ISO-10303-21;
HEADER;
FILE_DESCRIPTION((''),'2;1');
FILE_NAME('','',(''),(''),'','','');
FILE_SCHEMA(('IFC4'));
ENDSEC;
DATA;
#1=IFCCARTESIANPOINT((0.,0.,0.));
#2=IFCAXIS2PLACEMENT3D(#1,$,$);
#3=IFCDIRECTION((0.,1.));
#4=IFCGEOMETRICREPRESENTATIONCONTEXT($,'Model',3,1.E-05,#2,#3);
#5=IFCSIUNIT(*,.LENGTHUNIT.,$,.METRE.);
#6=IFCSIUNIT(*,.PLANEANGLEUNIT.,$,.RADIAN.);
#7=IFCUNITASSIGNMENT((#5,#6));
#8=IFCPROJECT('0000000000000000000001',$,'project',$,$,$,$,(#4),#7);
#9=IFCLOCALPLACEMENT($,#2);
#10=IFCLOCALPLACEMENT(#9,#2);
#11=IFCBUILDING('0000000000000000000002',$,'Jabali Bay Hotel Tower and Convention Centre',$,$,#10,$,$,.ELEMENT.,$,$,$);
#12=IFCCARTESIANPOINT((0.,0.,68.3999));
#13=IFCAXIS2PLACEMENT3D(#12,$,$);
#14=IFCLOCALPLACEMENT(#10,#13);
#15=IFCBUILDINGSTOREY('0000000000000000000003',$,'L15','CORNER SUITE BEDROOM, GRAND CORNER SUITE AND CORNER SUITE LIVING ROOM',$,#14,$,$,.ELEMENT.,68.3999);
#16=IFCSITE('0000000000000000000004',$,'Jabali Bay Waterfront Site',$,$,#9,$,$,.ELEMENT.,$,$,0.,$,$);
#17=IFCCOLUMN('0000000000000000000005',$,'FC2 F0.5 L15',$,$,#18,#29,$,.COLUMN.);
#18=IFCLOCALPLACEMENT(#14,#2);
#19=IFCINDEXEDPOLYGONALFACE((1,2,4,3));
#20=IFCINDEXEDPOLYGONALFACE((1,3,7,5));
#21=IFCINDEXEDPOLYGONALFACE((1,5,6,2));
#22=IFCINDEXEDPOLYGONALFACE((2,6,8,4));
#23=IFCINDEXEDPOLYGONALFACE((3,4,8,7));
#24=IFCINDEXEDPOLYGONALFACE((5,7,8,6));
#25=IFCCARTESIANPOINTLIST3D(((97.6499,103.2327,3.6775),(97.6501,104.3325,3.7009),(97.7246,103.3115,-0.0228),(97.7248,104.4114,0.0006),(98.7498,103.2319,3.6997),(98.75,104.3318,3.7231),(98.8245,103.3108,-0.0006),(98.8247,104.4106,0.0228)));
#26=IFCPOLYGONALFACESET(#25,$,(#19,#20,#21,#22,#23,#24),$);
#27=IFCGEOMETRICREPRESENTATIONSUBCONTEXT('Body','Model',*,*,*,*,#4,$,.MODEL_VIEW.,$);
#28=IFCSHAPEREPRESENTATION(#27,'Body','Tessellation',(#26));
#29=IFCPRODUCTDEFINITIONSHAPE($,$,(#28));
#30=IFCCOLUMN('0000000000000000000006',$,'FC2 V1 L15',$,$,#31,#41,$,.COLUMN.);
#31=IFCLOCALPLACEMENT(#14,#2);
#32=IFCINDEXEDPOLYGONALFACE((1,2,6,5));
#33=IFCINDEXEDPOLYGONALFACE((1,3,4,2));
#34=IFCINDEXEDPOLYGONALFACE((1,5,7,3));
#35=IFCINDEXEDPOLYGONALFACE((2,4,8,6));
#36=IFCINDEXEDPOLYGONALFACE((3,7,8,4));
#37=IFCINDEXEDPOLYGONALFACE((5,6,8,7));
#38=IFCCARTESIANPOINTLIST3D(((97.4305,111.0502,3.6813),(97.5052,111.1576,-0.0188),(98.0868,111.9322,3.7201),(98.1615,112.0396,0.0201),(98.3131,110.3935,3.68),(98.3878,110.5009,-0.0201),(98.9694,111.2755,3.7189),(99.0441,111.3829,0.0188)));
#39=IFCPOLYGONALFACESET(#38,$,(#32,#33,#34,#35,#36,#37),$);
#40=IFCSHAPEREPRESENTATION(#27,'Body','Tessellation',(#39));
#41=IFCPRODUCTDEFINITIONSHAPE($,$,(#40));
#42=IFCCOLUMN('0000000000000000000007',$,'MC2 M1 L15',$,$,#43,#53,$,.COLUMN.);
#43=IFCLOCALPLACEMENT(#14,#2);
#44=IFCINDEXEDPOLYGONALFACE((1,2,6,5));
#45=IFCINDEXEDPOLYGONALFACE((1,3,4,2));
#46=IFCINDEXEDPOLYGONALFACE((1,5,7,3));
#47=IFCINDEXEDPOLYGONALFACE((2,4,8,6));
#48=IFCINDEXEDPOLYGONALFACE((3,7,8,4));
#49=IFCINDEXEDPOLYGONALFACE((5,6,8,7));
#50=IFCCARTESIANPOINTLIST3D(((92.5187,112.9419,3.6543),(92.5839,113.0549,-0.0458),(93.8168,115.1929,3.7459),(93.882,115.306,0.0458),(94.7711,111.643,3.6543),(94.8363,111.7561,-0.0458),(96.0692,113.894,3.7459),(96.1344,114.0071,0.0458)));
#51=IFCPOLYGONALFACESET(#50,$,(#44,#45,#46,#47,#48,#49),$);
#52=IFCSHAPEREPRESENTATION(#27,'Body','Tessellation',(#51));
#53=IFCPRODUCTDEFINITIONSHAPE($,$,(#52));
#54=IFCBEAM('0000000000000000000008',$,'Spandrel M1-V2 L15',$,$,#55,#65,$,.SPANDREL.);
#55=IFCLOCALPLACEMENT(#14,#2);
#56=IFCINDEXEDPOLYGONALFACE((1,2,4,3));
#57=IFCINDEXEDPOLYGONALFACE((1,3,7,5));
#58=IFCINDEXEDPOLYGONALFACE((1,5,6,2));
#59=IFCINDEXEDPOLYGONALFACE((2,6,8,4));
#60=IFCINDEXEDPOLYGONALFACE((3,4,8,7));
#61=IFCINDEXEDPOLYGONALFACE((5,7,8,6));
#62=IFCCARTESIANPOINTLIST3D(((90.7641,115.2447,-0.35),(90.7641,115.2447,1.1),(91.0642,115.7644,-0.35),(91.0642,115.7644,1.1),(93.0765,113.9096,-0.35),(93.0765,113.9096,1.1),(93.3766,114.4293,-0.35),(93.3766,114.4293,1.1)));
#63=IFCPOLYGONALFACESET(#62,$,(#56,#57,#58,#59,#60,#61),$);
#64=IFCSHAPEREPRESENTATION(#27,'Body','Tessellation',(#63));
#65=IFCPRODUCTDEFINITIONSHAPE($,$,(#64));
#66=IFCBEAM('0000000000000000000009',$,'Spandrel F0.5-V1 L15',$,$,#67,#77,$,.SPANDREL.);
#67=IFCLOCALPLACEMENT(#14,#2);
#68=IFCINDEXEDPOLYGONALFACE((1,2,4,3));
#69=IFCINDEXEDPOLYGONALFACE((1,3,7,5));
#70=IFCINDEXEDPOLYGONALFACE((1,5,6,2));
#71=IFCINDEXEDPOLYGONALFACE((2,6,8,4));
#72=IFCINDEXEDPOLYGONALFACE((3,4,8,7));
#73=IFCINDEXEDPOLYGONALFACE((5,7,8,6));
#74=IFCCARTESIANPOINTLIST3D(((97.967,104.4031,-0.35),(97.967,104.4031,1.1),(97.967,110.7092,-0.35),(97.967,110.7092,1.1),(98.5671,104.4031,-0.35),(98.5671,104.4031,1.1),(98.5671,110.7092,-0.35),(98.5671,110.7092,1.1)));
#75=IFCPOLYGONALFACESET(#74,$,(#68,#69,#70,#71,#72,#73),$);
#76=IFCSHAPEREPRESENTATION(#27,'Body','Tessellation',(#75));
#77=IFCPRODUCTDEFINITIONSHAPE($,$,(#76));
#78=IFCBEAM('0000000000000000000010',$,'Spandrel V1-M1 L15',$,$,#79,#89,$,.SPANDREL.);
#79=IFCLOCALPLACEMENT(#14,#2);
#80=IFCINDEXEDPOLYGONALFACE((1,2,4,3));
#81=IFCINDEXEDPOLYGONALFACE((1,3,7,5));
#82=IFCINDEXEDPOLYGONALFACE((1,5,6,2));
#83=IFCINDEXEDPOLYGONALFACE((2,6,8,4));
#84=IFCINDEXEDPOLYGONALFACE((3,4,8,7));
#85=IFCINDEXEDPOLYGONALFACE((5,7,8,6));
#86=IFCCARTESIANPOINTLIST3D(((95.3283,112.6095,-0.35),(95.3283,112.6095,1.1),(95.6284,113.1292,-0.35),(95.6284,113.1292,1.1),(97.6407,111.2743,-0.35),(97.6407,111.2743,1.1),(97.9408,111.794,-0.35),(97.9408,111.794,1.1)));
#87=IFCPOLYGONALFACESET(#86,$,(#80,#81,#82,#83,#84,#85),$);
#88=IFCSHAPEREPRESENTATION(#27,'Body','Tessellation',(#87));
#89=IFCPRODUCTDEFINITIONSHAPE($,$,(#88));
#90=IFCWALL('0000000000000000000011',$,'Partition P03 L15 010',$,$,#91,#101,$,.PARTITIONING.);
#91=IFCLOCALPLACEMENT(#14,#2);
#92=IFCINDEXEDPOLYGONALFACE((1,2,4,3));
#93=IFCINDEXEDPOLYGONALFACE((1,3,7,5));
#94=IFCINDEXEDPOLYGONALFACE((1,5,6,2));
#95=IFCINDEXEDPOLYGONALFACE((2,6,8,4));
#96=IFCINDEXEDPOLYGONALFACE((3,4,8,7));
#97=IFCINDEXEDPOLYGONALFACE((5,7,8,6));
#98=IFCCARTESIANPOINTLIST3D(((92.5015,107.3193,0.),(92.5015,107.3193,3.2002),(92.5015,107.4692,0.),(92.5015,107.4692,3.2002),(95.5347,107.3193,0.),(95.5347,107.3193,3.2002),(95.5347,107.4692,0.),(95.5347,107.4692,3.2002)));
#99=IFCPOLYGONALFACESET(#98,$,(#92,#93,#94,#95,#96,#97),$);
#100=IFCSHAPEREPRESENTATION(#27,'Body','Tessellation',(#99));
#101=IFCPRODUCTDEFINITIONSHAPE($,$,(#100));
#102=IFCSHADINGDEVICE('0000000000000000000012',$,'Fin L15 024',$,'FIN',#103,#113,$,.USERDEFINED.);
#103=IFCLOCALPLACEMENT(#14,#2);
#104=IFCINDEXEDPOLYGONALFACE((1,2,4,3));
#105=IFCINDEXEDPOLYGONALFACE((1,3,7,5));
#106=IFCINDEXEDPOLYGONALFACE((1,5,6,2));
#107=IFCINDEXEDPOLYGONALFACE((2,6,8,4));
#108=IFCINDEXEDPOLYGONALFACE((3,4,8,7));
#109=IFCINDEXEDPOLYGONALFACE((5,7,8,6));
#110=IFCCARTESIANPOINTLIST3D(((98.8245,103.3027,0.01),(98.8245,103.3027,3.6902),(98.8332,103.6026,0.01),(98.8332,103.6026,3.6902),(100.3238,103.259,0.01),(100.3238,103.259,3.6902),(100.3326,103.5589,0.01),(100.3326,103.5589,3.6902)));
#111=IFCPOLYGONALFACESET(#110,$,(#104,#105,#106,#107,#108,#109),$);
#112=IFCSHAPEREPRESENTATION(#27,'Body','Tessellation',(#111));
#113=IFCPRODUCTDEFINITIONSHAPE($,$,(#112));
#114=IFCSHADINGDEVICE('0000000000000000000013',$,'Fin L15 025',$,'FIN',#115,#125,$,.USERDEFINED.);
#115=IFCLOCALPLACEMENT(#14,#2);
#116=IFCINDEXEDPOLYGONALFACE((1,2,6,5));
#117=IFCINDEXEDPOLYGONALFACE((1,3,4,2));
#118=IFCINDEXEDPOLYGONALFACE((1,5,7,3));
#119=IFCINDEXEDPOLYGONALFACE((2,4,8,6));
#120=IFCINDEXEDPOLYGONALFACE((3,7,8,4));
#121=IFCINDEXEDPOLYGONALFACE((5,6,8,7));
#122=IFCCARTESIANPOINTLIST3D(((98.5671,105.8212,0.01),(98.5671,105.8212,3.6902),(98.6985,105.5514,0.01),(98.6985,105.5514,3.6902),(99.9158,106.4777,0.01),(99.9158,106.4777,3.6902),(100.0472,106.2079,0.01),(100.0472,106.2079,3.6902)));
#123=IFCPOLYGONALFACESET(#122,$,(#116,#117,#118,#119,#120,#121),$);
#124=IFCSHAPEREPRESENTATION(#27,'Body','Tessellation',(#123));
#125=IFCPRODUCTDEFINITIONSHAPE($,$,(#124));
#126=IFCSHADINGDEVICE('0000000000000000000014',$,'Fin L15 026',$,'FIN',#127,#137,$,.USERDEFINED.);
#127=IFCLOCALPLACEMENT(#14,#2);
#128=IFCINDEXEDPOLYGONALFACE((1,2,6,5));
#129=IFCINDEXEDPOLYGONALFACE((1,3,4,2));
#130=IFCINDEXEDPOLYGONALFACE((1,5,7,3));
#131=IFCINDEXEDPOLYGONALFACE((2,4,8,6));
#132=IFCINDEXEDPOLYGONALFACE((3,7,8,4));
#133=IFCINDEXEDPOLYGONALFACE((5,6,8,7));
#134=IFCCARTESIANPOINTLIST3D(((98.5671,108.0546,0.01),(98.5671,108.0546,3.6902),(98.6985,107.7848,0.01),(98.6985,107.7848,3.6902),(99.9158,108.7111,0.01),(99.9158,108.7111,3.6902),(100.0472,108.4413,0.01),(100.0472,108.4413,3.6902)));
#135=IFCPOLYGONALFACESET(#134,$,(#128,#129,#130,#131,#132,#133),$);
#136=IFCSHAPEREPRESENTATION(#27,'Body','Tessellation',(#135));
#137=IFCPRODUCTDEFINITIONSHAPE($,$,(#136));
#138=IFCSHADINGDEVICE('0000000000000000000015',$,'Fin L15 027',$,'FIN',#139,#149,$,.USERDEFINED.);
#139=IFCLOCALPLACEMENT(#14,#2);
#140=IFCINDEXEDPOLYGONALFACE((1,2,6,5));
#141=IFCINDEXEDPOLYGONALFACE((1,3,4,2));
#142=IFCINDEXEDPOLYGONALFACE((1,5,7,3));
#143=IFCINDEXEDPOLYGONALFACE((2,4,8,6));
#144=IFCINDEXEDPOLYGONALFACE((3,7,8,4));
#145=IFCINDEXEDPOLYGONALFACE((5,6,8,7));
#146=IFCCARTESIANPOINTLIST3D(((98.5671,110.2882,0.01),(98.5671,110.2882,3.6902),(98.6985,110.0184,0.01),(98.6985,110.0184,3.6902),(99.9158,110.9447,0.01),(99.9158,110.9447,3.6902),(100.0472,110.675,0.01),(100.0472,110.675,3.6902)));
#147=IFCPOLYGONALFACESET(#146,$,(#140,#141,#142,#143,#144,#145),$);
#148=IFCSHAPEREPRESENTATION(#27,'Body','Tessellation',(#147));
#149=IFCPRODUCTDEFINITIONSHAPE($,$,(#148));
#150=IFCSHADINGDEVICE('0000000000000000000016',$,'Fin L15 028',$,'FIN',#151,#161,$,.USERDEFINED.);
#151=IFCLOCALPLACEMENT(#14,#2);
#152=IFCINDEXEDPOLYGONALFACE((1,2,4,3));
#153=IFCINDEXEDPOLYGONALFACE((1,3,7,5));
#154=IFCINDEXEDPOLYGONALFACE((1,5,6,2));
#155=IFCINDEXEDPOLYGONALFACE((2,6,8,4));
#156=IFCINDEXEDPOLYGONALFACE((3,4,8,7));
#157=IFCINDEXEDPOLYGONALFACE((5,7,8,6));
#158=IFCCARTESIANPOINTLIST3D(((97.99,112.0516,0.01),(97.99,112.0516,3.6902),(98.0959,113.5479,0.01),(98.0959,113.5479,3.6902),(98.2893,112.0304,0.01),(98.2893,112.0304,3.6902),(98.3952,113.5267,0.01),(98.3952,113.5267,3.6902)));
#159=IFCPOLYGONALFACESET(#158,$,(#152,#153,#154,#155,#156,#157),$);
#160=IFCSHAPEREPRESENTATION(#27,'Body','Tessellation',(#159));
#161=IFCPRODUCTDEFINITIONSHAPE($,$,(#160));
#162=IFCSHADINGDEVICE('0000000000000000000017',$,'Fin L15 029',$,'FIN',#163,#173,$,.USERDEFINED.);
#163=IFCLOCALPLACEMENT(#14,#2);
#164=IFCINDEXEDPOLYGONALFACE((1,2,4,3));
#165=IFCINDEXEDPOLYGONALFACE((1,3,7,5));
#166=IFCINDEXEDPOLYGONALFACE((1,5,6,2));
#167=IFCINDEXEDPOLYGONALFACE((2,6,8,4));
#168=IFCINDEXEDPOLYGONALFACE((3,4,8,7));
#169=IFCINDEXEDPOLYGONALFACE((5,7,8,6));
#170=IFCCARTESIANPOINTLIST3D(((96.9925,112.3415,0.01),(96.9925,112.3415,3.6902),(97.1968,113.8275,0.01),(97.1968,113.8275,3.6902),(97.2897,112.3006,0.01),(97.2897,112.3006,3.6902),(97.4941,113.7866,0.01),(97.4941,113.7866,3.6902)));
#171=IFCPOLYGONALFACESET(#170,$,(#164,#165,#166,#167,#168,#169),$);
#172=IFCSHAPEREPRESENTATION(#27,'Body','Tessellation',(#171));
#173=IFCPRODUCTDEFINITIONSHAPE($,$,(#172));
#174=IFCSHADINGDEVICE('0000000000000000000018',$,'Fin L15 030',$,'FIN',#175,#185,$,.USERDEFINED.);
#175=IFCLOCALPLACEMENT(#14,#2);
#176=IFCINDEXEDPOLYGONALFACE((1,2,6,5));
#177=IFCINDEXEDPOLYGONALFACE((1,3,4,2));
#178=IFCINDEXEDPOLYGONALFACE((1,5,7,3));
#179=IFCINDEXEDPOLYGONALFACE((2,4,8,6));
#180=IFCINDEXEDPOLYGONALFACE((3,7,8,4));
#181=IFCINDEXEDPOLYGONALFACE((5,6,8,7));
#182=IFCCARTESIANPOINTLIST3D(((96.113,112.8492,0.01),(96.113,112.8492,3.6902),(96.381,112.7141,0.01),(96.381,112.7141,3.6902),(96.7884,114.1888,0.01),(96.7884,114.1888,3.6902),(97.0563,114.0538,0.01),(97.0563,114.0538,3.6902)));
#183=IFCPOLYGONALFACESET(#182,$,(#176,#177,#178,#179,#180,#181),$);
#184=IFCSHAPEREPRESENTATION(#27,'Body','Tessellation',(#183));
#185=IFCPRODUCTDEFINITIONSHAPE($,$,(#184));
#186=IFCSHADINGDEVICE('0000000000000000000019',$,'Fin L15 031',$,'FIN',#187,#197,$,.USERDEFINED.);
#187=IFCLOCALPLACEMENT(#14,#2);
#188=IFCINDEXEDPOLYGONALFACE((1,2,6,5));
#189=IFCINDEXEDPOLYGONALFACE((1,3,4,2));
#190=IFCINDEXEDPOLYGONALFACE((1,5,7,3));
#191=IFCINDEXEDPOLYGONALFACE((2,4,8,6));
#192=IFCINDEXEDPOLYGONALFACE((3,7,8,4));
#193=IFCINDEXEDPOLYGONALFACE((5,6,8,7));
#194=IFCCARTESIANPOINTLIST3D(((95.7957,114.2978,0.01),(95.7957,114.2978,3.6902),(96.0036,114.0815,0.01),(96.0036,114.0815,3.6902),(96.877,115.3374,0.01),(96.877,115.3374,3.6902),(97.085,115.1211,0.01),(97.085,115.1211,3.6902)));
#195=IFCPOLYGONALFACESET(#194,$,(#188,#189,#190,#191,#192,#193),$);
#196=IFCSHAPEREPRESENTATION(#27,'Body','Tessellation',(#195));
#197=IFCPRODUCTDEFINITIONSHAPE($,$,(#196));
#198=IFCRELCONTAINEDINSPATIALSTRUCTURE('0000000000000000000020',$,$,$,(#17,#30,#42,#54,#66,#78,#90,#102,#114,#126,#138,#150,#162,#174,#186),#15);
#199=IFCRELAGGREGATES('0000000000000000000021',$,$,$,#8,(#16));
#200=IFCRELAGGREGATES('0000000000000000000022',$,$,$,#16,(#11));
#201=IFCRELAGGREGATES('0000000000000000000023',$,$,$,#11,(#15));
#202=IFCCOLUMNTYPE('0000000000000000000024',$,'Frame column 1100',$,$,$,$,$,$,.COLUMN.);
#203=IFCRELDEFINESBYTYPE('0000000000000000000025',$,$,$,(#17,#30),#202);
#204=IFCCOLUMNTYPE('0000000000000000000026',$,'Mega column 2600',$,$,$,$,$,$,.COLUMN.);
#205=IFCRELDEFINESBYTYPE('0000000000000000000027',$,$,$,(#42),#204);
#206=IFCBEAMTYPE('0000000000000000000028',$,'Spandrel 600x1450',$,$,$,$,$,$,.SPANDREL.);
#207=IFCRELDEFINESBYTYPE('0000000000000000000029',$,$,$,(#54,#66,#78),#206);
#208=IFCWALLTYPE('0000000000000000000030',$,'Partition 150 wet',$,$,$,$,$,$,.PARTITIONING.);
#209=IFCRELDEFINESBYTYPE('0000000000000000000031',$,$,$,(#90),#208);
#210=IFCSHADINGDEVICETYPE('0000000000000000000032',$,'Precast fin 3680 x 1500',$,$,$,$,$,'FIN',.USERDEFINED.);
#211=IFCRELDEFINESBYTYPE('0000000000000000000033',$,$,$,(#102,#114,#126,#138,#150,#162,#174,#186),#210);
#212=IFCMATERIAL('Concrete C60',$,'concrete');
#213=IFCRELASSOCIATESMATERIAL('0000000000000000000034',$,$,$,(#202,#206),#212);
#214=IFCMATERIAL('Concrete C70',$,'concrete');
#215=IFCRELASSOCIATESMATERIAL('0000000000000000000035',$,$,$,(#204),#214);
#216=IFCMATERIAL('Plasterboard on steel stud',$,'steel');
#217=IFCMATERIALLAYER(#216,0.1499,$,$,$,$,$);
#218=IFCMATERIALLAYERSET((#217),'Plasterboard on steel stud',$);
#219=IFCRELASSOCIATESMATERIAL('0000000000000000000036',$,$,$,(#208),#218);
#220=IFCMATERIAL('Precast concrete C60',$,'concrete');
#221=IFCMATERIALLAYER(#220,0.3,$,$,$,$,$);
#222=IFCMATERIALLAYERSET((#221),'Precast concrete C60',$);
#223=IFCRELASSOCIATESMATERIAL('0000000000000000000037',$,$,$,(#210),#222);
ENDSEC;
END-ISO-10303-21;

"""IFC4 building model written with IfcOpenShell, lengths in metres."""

from ifc_helpers import new_model, si_unit, direction, frame, frame_2d, origin, origin_2d, place, context, subcontext, project, spatial, rectangle, extrude, material, layer, layer_set, material_profile, profile_set, type_object, element, save


model = new_model("IFC4")

# Units and contexts
model_context = context("Model", 3, precision=1e-05, world=origin(), true_north=direction((0.0, 1.0)))
body_context = subcontext(model_context, "Body", "Model", "MODEL_VIEW")
ifc_project = project(units=[si_unit("LENGTHUNIT", "METRE"), si_unit("PLANEANGLEUNIT", "RADIAN")], contexts=[model_context])

# Site, building, storey
site_placement = place(None, origin())
site = spatial("IfcSite", under=ifc_project, at=site_placement, Name="Jabali Bay Waterfront Site", CompositionType="ELEMENT", RefElevation=0.0)
building_placement = place(site_placement, origin())
building = spatial("IfcBuilding", under=site, at=building_placement, Name="Jabali Bay Hotel Tower and Convention Centre", CompositionType="ELEMENT")
storey_placement = place(building_placement, frame((0.0, 0.0, 68.3999)))
storey = spatial("IfcBuildingStorey", under=building, at=storey_placement, Name="L15", Description="CORNER SUITE BEDROOM, GRAND CORNER SUITE AND CORNER SUITE LIVING ROOM", CompositionType="ELEMENT", Elevation=68.3999)

# Columns
ifc_material_1 = material(Name="Concrete C60", Category="concrete")
ifc_material_profile_1 = material_profile(ifc_material_1, rectangle(XDim=1.1001, YDim=1.1001, at=origin_2d()), Name="Frame column 1100")
ifc_profile_set_1 = profile_set([ifc_material_profile_1], Name="Concrete C60")
column_type_1 = type_object("IfcColumnType", Name="Frame column 1100", PredefinedType="COLUMN", material=ifc_profile_set_1)
column_1_placement = place(storey_placement, frame((98.2747, 103.8611, 0.0), z_axis=(-0.020181, -0.021303, 0.999569), x_axis=(0.999796, -0.000652, 0.020172)))
element("IfcColumn", 1, at=column_1_placement, inside=storey, type_object=column_type_1, Name="FC2 F0.5 L15", PredefinedType="COLUMN", context=body_context, shape_type="SweptSolid", body=[
    extrude(rectangle(XDim=1.1001, YDim=1.1001, at=origin_2d()), origin(), (0.0, 0.0, 1.0), 3.7019),
])
column_2_placement = place(storey_placement, frame((98.2747, 111.2703, 0.0), z_axis=(-0.020177, -0.029013, 0.999375), x_axis=(0.596587, 0.801771, 0.035322)))
element("IfcColumn", 2, at=column_2_placement, inside=storey, type_object=column_type_1, Name="FC2 V1 L15", PredefinedType="COLUMN", context=body_context, shape_type="SweptSolid", body=[
    extrude(rectangle(XDim=1.1001, YDim=1.1001, at=origin_2d()), origin(), (0.0, 0.0, 1.0), 3.7024),
])
ifc_material_2 = material(Name="Concrete C70", Category="concrete")
ifc_material_profile_2 = material_profile(ifc_material_2, rectangle(XDim=2.6001, YDim=2.6001, at=origin_2d()), Name="Mega column 2600")
ifc_profile_set_2 = profile_set([ifc_material_profile_2], Name="Concrete C70")
column_type_2 = type_object("IfcColumnType", Name="Mega column 2600", PredefinedType="COLUMN", material=ifc_profile_set_2)
column_3_placement = place(storey_placement, frame((94.3591, 113.531, 0.0), z_axis=(-0.017606, -0.03053, 0.999379), x_axis=(0.866282, -0.499555, 0.0)))
element("IfcColumn", 3, at=column_3_placement, inside=storey, type_object=column_type_2, Name="MC2 M1 L15", PredefinedType="COLUMN", context=body_context, shape_type="SweptSolid", body=[
    extrude(rectangle(XDim=2.6001, YDim=2.6001, at=origin_2d()), origin(), (0.0, 0.0, 1.0), 3.7024),
])

# Beams
ifc_material_profile_3 = material_profile(ifc_material_1, rectangle(XDim=0.6001, YDim=1.45, at=origin_2d()), Name="Spandrel 600x1450")
ifc_profile_set_3 = profile_set([ifc_material_profile_3], Name="Concrete C60")
beam_type = type_object("IfcBeamType", Name="Spandrel 600x1450", PredefinedType="SPANDREL", material=ifc_profile_set_3)
beam_1_placement = place(storey_placement, frame((93.2266, 114.1694, 0.375), z_axis=(-0.866012, 0.500023, 0.0), x_axis=(-0.500023, -0.866012, 0.0)))
element("IfcBeam", 4, at=beam_1_placement, inside=storey, type_object=beam_type, Name="Spandrel M1-V2 L15", PredefinedType="SPANDREL", context=body_context, shape_type="SweptSolid", body=[
    extrude(rectangle(XDim=0.6001, YDim=1.45, at=origin_2d()), origin(), (0.0, 0.0, 1.0), 2.6702),
])
beam_2_placement = place(storey_placement, frame((98.2671, 104.4031, 0.375), z_axis=(0.0, 1.0, 0.0), x_axis=(-1.0, 0.0, 0.0)))
element("IfcBeam", 5, at=beam_2_placement, inside=storey, type_object=beam_type, Name="Spandrel F0.5-V1 L15", PredefinedType="SPANDREL", context=body_context, shape_type="SweptSolid", body=[
    extrude(rectangle(XDim=0.6001, YDim=1.45, at=origin_2d()), origin(), (0.0, 0.0, 1.0), 6.3062),
])
beam_3_placement = place(storey_placement, frame((97.7908, 111.5342, 0.375), z_axis=(-0.866012, 0.500023, 0.0), x_axis=(-0.500023, -0.866012, 0.0)))
element("IfcBeam", 6, at=beam_3_placement, inside=storey, type_object=beam_type, Name="Spandrel V1-M1 L15", PredefinedType="SPANDREL", context=body_context, shape_type="SweptSolid", body=[
    extrude(rectangle(XDim=0.6001, YDim=1.45, at=origin_2d()), origin(), (0.0, 0.0, 1.0), 2.6702),
])

# Wall
ifc_material_3 = material(Name="Plasterboard on steel stud", Category="steel")
ifc_layer_1 = layer(ifc_material_3, 0.1499)
ifc_layer_set_1 = layer_set([ifc_layer_1], Name="Plasterboard on steel stud")
wall_type_1 = type_object("IfcWallType", Name="Partition 150 wet", PredefinedType="PARTITIONING", material=ifc_layer_set_1)
wall_1_placement = place(storey_placement, frame((95.5347, 107.3943, 0.0), z_axis=(0.0, 0.0, 1.0), x_axis=(-1.0, 0.0, 0.0)))
element("IfcWall", 7, at=wall_1_placement, inside=storey, type_object=wall_type_1, Name="Partition P03 L15 010", PredefinedType="PARTITIONING", context=body_context, shape_type="SweptSolid", body=[
    extrude(rectangle(XDim=3.0332, YDim=0.1499, at=frame_2d((1.5166, 0.0))), origin(), (0.0, 0.0, 1.0), 3.2002),
])

# Shading devices
ifc_material_4 = material(Name="Precast concrete C60", Category="concrete")
ifc_layer_2 = layer(ifc_material_4, 0.3)
ifc_layer_set_2 = layer_set([ifc_layer_2], Name="Precast concrete C60")
shading_device_type = type_object("IfcShadingDeviceType", Name="Precast fin 3680 x 1500", ElementType="FIN", PredefinedType="USERDEFINED", material=ifc_layer_set_2)
for number, where, z_axis, x_axis, name in (
    (8, (98.8289, 103.4526, 0.01), (0.0, 0.0, 1.0), (0.999575, -0.029136, 0.0), "Fin L15 024"),
    (9, (98.6328, 105.6863, 0.01), (0.0, 0.0, 1.0), (0.899129, 0.437683, 0.0), "Fin L15 025"),
    (10, (98.6328, 107.9197, 0.01), (0.0, 0.0, 1.0), (0.899129, 0.437683, 0.0), "Fin L15 026"),
    (11, (98.6328, 110.1533, 0.01), (0.0, 0.0, 1.0), (0.899129, 0.437683, 0.0), "Fin L15 027"),
    (12, (98.1396, 112.041, 0.01), (0.0, 0.0, 1.0), (0.070634, 0.997502, 0.0), "Fin L15 028"),
    (13, (97.1411, 112.321, 0.01), (0.0, 0.0, 1.0), (0.136224, 0.990678, 0.0), "Fin L15 029"),
):
    element("IfcShadingDevice", number, at=place(storey_placement, frame(where, z_axis=z_axis, x_axis=x_axis)), inside=storey, type_object=shading_device_type, Name=name, ObjectType="FIN", PredefinedType="USERDEFINED", context=body_context, shape_type="SweptSolid", body=[
        extrude(rectangle(XDim=1.5, YDim=0.3, at=frame_2d((0.75, 0.0))), origin(), (0.0, 0.0, 1.0), 3.6802),
    ])
shading_device_placement = place(storey_placement, frame((96.2471, 112.7817, 0.01), z_axis=(0.0, 0.0, 1.0), x_axis=(0.450141, 0.892958, 0.0)))
element("IfcShadingDevice", 14, at=shading_device_placement, inside=storey, type_object=shading_device_type, Name="Fin L15 030", ObjectType="FIN", PredefinedType="USERDEFINED", context=body_context, shape_type="SweptSolid", body=[
    extrude(rectangle(XDim=1.5002, YDim=0.3, at=frame_2d((0.75, 0.0))), origin(), (0.0, 0.0, 1.0), 3.6802),
])
for number, where, z_axis, x_axis, name in (
    (15, (95.8997, 114.1897, 0.01), (0.0, 0.0, 1.0), (0.720886, 0.693053, 0.0), "Fin L15 031"),
):
    element("IfcShadingDevice", number, at=place(storey_placement, frame(where, z_axis=z_axis, x_axis=x_axis)), inside=storey, type_object=shading_device_type, Name=name, ObjectType="FIN", PredefinedType="USERDEFINED", context=body_context, shape_type="SweptSolid", body=[
        extrude(rectangle(XDim=1.5, YDim=0.3, at=frame_2d((0.75, 0.0))), origin(), (0.0, 0.0, 1.0), 3.6802),
    ])

save(model, "model.ifc")
